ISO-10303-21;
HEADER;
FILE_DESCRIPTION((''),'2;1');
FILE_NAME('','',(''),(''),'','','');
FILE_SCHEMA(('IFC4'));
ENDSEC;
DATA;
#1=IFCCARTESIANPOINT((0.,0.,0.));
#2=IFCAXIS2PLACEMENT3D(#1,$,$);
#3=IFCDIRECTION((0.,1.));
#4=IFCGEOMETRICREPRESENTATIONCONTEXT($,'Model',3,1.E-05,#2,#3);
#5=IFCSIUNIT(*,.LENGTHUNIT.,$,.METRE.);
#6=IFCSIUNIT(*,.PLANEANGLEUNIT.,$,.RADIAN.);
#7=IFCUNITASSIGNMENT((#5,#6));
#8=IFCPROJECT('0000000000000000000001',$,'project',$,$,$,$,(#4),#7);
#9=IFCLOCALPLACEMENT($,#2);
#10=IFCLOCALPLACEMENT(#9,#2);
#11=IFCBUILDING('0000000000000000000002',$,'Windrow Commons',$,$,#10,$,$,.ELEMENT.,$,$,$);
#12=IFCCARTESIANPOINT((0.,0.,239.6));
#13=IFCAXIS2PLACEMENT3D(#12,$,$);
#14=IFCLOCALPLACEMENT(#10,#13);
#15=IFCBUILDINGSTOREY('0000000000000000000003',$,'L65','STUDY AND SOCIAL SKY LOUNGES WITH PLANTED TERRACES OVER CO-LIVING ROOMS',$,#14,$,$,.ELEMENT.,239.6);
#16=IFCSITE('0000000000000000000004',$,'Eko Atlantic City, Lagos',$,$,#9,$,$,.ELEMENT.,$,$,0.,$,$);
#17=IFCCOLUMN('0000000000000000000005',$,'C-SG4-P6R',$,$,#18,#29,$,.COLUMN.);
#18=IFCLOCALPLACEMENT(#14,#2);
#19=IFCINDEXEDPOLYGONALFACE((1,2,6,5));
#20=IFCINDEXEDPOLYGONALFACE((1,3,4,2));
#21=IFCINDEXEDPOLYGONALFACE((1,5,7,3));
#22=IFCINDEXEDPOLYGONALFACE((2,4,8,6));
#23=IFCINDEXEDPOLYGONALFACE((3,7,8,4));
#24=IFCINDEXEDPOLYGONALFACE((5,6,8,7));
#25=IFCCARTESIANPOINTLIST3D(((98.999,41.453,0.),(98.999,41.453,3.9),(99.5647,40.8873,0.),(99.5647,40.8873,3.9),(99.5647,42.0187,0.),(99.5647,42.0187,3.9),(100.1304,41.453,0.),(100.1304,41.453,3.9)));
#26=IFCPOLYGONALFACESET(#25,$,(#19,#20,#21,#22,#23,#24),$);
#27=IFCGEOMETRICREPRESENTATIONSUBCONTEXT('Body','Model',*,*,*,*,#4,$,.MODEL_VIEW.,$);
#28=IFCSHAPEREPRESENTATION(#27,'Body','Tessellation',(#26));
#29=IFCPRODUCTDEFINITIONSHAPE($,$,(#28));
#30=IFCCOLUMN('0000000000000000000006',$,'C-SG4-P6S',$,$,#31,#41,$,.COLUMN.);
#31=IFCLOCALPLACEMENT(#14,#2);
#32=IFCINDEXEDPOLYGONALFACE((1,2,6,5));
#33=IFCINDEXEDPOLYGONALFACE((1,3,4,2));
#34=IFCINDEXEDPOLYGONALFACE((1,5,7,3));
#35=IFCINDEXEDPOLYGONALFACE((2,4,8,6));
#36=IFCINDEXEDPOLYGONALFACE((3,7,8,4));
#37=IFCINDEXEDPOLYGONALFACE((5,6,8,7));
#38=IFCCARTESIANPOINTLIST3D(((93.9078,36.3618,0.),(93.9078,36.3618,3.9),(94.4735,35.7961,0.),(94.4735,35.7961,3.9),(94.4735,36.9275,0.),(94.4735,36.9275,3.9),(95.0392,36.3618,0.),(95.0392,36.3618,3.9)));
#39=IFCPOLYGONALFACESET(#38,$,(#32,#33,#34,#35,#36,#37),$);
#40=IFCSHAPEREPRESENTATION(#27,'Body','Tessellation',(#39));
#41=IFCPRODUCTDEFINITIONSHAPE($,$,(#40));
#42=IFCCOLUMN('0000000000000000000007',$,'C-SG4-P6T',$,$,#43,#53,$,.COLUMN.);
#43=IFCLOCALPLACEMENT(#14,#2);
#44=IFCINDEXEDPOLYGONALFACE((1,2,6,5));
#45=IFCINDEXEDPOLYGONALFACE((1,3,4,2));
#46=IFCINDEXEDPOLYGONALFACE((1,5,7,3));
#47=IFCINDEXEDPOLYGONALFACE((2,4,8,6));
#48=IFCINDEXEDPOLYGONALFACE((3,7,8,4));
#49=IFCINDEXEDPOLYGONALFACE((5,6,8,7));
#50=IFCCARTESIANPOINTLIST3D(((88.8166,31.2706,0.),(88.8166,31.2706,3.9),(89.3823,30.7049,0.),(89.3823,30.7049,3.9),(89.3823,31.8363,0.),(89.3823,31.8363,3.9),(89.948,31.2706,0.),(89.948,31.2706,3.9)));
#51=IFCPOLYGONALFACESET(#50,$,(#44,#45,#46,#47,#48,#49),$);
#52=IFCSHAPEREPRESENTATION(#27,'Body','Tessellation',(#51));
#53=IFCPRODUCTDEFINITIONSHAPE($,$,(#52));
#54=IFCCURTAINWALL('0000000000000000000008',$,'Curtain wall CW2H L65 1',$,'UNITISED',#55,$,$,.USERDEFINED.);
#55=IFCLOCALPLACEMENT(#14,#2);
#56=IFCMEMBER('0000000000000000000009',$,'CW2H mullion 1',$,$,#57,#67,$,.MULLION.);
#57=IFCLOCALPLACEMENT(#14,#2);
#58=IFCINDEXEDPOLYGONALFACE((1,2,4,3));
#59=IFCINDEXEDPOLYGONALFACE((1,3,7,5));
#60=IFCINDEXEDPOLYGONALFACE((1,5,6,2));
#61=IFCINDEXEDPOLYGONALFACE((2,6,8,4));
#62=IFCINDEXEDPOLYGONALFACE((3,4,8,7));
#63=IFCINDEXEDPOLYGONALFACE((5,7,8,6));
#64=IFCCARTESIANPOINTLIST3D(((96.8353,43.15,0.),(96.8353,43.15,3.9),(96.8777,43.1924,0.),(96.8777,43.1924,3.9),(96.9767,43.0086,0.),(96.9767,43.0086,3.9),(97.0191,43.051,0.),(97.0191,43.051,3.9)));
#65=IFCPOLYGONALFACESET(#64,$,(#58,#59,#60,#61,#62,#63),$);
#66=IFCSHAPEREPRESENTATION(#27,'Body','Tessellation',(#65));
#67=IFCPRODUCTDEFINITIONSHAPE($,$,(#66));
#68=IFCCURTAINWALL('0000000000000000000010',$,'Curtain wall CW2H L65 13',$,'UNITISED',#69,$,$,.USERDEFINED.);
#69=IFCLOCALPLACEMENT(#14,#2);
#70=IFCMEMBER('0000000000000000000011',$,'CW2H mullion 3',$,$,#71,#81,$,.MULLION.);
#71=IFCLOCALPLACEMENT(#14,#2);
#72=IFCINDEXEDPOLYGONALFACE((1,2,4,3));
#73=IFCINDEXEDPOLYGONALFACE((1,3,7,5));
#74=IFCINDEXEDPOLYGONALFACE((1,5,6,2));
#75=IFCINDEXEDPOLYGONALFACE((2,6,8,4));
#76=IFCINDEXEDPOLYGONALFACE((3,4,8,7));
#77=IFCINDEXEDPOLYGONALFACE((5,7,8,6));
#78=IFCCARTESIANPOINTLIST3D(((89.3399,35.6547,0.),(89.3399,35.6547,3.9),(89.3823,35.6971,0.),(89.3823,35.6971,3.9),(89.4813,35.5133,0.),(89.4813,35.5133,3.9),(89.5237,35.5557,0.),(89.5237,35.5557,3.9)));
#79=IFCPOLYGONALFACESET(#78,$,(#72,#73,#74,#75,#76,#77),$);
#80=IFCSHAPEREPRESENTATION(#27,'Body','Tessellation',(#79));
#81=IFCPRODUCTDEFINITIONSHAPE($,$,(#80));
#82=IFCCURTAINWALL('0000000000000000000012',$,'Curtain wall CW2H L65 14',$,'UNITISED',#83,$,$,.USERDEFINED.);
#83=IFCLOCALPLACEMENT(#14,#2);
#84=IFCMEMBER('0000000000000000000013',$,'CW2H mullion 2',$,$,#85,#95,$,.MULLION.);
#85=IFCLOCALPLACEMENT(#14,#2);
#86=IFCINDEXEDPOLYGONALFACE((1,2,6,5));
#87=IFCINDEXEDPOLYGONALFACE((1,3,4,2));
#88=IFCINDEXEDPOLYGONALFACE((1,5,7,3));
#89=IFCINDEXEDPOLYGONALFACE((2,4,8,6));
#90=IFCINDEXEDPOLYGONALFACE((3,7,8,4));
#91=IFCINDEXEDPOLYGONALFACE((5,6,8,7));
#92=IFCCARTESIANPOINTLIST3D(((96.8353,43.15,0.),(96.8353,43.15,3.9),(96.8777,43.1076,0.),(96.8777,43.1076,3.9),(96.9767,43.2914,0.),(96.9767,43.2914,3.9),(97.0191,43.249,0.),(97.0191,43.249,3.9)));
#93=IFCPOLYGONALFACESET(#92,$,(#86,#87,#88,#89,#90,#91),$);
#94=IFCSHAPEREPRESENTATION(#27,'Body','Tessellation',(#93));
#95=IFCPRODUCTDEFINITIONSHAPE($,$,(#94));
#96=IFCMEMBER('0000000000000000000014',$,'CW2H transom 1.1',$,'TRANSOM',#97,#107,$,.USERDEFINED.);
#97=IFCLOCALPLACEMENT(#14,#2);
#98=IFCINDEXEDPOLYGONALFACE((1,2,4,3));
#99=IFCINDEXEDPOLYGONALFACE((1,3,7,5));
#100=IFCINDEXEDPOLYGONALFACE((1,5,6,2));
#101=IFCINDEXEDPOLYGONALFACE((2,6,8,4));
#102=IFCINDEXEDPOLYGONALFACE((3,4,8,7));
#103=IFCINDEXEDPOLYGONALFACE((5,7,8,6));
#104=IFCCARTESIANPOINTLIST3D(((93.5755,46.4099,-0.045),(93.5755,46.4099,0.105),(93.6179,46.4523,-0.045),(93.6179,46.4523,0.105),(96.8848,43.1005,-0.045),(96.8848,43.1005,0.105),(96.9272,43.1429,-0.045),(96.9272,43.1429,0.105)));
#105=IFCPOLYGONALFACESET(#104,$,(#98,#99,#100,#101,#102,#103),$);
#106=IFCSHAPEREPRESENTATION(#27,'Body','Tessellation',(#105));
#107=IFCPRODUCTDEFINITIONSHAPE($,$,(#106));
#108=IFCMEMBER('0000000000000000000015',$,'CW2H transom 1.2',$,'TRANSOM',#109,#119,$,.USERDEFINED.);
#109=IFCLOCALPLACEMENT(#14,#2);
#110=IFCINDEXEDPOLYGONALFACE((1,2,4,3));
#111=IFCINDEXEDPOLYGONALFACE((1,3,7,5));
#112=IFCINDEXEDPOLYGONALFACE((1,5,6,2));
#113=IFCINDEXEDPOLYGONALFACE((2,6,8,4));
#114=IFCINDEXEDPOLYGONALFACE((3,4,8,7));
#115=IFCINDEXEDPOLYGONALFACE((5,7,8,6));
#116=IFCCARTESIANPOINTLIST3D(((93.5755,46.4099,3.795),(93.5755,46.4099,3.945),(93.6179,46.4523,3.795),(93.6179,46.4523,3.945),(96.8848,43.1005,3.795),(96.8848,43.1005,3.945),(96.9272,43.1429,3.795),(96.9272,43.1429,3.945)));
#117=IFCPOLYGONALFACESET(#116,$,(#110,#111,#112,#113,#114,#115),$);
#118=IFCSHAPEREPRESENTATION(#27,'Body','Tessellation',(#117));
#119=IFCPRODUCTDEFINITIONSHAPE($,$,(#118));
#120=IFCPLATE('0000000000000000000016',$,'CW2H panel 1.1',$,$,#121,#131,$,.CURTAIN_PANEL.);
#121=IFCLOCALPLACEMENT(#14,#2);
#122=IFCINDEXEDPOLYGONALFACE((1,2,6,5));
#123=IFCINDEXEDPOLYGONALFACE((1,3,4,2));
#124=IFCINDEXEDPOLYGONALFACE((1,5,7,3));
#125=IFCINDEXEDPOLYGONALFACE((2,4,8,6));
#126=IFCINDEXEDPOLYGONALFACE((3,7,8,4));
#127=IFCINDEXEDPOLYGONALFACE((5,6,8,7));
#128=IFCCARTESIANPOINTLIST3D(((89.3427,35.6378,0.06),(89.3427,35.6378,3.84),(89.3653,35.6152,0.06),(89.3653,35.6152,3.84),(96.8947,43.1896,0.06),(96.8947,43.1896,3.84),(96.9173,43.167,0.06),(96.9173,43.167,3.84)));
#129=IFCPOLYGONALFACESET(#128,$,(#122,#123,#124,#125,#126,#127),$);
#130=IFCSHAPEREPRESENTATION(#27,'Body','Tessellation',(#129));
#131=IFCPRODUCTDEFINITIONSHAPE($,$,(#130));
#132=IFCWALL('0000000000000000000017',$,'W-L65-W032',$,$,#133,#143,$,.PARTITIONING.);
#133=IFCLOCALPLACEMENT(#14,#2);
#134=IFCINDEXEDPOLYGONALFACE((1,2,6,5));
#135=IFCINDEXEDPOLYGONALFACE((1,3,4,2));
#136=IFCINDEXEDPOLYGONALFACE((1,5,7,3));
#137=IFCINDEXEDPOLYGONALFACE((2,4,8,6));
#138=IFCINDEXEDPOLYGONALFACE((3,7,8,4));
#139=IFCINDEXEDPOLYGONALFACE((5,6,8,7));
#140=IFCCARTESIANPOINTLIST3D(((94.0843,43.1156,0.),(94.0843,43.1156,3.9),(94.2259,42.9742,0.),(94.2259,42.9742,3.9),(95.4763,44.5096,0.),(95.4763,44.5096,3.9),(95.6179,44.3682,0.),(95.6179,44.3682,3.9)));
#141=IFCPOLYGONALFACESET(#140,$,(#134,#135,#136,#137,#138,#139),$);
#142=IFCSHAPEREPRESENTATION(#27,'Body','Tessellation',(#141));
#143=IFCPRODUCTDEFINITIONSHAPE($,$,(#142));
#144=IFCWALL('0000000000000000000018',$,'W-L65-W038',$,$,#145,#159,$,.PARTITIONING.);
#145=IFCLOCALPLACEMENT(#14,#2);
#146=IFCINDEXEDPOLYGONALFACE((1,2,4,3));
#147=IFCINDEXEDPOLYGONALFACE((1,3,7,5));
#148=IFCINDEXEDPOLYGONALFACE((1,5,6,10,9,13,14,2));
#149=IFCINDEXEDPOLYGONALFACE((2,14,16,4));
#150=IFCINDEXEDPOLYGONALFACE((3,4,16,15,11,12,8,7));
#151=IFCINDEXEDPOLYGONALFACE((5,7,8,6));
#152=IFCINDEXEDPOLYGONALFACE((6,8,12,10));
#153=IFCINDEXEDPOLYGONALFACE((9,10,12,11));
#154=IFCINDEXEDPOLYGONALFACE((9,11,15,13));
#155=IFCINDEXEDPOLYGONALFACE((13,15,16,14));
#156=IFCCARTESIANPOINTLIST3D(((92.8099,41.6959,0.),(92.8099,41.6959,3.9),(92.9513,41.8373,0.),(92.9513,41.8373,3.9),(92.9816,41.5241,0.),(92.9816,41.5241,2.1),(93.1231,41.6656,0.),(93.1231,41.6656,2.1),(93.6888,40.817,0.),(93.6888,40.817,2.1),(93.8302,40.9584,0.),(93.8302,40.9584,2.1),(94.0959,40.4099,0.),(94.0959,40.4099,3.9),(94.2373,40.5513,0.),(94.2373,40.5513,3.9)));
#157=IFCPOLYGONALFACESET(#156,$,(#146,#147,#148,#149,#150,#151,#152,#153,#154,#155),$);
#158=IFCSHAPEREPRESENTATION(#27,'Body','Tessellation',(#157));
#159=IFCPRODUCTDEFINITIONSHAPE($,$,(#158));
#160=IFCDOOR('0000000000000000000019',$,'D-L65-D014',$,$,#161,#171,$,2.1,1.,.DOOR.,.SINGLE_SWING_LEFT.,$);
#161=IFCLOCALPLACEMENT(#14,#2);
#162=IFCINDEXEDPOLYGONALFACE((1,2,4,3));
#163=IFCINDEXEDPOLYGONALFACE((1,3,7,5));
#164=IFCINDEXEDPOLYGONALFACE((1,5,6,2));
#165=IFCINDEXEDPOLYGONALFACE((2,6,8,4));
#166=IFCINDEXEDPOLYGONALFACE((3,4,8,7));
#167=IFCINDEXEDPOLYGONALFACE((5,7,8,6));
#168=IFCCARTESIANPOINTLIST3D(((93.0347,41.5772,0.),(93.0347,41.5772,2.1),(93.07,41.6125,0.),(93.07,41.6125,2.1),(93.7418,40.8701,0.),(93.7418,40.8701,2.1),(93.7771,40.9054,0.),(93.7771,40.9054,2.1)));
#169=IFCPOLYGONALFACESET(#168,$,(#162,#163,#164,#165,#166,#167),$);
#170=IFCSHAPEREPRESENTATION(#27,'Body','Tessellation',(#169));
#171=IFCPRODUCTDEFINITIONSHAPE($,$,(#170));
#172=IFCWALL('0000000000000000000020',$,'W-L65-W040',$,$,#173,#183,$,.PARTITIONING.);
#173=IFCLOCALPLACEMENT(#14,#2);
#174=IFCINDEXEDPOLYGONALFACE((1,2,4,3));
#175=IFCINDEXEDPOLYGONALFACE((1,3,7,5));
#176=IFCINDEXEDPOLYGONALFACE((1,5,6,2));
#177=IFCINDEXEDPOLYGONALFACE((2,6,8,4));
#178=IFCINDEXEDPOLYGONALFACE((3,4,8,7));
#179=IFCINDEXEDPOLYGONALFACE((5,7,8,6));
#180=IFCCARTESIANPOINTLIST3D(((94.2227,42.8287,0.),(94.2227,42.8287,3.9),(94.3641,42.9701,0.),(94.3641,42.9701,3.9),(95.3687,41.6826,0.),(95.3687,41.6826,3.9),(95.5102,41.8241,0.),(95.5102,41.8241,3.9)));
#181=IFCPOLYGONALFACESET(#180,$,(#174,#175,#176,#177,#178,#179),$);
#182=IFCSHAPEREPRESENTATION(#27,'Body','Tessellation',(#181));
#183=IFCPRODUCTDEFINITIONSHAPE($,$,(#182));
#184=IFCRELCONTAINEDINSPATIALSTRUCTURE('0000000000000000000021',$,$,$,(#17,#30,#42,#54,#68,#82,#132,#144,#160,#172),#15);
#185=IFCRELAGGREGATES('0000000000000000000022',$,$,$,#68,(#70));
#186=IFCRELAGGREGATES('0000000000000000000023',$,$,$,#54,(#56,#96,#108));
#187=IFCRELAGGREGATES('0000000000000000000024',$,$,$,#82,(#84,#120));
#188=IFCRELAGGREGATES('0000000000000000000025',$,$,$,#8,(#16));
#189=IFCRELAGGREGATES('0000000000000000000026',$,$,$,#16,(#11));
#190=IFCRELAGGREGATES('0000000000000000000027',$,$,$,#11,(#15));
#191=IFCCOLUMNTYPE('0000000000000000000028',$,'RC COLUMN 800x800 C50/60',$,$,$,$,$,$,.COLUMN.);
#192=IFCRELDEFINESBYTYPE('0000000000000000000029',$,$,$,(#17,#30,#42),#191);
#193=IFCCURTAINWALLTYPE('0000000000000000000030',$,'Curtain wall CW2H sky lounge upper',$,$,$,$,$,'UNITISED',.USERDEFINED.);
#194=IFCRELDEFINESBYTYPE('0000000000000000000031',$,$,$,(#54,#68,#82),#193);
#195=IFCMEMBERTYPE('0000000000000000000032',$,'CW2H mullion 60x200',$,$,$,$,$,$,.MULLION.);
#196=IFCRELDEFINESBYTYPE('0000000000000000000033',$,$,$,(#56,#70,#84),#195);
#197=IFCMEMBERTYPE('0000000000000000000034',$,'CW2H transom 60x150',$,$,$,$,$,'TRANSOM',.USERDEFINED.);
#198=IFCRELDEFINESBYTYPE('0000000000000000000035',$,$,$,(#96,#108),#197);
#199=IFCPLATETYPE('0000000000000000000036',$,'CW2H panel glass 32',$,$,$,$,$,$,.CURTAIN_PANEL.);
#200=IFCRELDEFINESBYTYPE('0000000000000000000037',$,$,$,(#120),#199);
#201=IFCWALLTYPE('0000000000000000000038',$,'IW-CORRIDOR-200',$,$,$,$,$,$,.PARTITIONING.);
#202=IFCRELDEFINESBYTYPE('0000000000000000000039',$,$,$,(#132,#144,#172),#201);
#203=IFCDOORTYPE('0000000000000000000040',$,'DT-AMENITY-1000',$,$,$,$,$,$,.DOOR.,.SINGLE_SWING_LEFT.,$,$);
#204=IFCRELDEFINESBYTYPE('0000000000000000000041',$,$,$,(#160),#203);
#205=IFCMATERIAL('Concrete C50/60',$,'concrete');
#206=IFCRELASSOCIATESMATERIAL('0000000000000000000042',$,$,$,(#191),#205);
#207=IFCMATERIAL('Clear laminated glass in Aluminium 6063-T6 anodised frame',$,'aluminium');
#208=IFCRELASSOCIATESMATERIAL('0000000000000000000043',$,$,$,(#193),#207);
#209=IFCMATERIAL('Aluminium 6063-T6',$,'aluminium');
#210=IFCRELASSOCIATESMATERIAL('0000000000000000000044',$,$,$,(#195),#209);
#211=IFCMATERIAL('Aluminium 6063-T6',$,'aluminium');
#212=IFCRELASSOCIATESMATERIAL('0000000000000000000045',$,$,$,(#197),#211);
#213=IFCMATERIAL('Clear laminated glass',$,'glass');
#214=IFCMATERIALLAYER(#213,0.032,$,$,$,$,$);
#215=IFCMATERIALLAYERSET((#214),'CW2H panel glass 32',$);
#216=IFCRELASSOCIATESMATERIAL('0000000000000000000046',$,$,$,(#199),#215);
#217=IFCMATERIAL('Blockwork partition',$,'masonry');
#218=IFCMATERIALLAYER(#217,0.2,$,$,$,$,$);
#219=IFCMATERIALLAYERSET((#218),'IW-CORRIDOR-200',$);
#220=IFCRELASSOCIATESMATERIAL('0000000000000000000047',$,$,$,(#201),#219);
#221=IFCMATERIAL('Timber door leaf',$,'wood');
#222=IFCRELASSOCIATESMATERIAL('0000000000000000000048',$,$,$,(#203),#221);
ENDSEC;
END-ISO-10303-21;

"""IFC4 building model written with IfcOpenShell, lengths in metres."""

from ifc_helpers import new_model, si_unit, direction, frame, frame_2d, origin, origin_2d, place, context, subcontext, project, spatial, rectangle, extrude, material, layer, layer_set, material_profile, profile_set, type_object, element, fill, aggregate, save


model = new_model("IFC4")

# Units and contexts
model_context = context("Model", 3, precision=1e-05, world=origin(), true_north=direction((0.0, 1.0)))
body_context = subcontext(model_context, "Body", "Model", "MODEL_VIEW")
ifc_project = project(units=[si_unit("LENGTHUNIT", "METRE"), si_unit("PLANEANGLEUNIT", "RADIAN")], contexts=[model_context])

# Site, building, storey
site_placement = place(None, origin())
site = spatial("IfcSite", under=ifc_project, at=site_placement, Name="Eko Atlantic City, Lagos", CompositionType="ELEMENT", RefElevation=0.0)
building_placement = place(site_placement, origin())
building = spatial("IfcBuilding", under=site, at=building_placement, Name="Windrow Commons", CompositionType="ELEMENT")
storey_placement = place(building_placement, frame((0.0, 0.0, 239.6)))
storey = spatial("IfcBuildingStorey", under=building, at=storey_placement, Name="L65", Description="STUDY AND SOCIAL SKY LOUNGES WITH PLANTED TERRACES OVER CO-LIVING ROOMS", CompositionType="ELEMENT", Elevation=239.6)

# Columns
ifc_material_1 = material(Name="Concrete C50/60", Category="concrete")
ifc_material_profile_1 = material_profile(ifc_material_1, rectangle(XDim=0.8, YDim=0.8, at=origin_2d()))
ifc_profile_set_1 = profile_set([ifc_material_profile_1], Name="Concrete C50/60")
column_type = type_object("IfcColumnType", Name="RC COLUMN 800x800 C50/60", PredefinedType="COLUMN", material=ifc_profile_set_1)
for number, where, z_axis, x_axis, name in (
    (1, (99.5647, 41.453, 0.0), (0.0, 0.0, 1.0), (0.707107, -0.707107, 0.0), "C-SG4-P6R"),
    (2, (94.4735, 36.3618, 0.0), (0.0, 0.0, 1.0), (0.707107, -0.707107, 0.0), "C-SG4-P6S"),
    (3, (89.3823, 31.2706, 0.0), (0.0, 0.0, 1.0), (0.707107, -0.707107, 0.0), "C-SG4-P6T"),
):
    element("IfcColumn", number, at=place(storey_placement, frame(where, z_axis=z_axis, x_axis=x_axis)), inside=storey, type_object=column_type, Name=name, PredefinedType="COLUMN", context=body_context, shape_type="SweptSolid", body=[
        extrude(rectangle(XDim=0.8, YDim=0.8, at=origin_2d()), origin(), (0.0, 0.0, 1.0), 3.9),
    ])

# Curtain walls, members
ifc_material_2 = material(Name="Clear laminated glass in Aluminium 6063-T6 anodised frame", Category="aluminium")
curtain_wall_type = type_object("IfcCurtainWallType", Name="Curtain wall CW2H sky lounge upper", ElementType="UNITISED", PredefinedType="USERDEFINED", material=ifc_material_2)
placement = place(storey_placement, origin())
curtain_wall_1 = element("IfcCurtainWall", 4, at=placement, inside=storey, type_object=curtain_wall_type, Name="Curtain wall CW2H L65 1", ObjectType="UNITISED", PredefinedType="USERDEFINED")
ifc_material_3 = material(Name="Aluminium 6063-T6", Category="aluminium")
ifc_material_profile_2 = material_profile(ifc_material_3, rectangle(XDim=0.06, YDim=0.2, at=origin_2d()))
ifc_profile_set_2 = profile_set([ifc_material_profile_2], Name="Aluminium 6063-T6")
member_type_1 = type_object("IfcMemberType", Name="CW2H mullion 60x200", PredefinedType="MULLION", material=ifc_profile_set_2)
member_1_placement = place(storey_placement, frame((96.9272, 43.1005, 0.0), z_axis=(0.0, 0.0, 1.0), x_axis=(-0.707117, -0.707096, 0.0)))
member_1 = element("IfcMember", 5, at=member_1_placement, type_object=member_type_1, Name="CW2H mullion 1", PredefinedType="MULLION", context=body_context, shape_type="SweptSolid", body=[
    extrude(rectangle(XDim=0.06, YDim=0.2, at=origin_2d()), origin(), (0.0, 0.0, 1.0), 3.9),
])
curtain_wall_2 = element("IfcCurtainWall", 6, at=placement, inside=storey, type_object=curtain_wall_type, Name="Curtain wall CW2H L65 13", ObjectType="UNITISED", PredefinedType="USERDEFINED")
member_2_placement = place(storey_placement, frame((89.4318, 35.6052, 0.0), z_axis=(0.0, 0.0, 1.0), x_axis=(0.707107, 0.707107, 0.0)))
member_2 = element("IfcMember", 7, at=member_2_placement, type_object=member_type_1, Name="CW2H mullion 3", PredefinedType="MULLION", context=body_context, shape_type="SweptSolid", body=[
    extrude(rectangle(XDim=0.06, YDim=0.2, at=origin_2d()), origin(), (0.0, 0.0, 1.0), 3.9),
])
aggregate(curtain_wall_2, [member_2])
curtain_wall_3 = element("IfcCurtainWall", 8, at=placement, inside=storey, type_object=curtain_wall_type, Name="Curtain wall CW2H L65 14", ObjectType="UNITISED", PredefinedType="USERDEFINED")
member_3_placement = place(storey_placement, frame((96.9272, 43.1995, 0.0), z_axis=(0.0, 0.0, 1.0), x_axis=(-0.707102, 0.707111, 0.0)))
member_3 = element("IfcMember", 9, at=member_3_placement, type_object=member_type_1, Name="CW2H mullion 2", PredefinedType="MULLION", context=body_context, shape_type="SweptSolid", body=[
    extrude(rectangle(XDim=0.06, YDim=0.2, at=origin_2d()), origin(), (0.0, 0.0, 1.0), 3.9),
])

# Members
ifc_material_4 = material(Name="Aluminium 6063-T6", Category="aluminium")
ifc_material_profile_3 = material_profile(ifc_material_4, rectangle(XDim=0.06, YDim=0.15, at=origin_2d()))
ifc_profile_set_3 = profile_set([ifc_material_profile_3], Name="Aluminium 6063-T6")
member_type_2 = type_object("IfcMemberType", Name="CW2H transom 60x150", ElementType="TRANSOM", PredefinedType="USERDEFINED", material=ifc_profile_set_3)
member_4_placement = place(storey_placement, frame((96.906, 43.1217, 0.03), z_axis=(-0.707096, 0.707117, 0.0), x_axis=(-0.707117, -0.707096, 0.0)))
member_4 = element("IfcMember", 10, at=member_4_placement, type_object=member_type_2, Name="CW2H transom 1.1", ObjectType="TRANSOM", PredefinedType="USERDEFINED", context=body_context, shape_type="SweptSolid", body=[
    extrude(rectangle(XDim=0.06, YDim=0.15, at=origin_2d()), origin(), (0.0, 0.0, 1.0), 4.6801),
])
member_5_placement = place(storey_placement, frame((96.906, 43.1217, 3.87), z_axis=(-0.707096, 0.707117, 0.0), x_axis=(-0.707117, -0.707096, 0.0)))
member_5 = element("IfcMember", 11, at=member_5_placement, type_object=member_type_2, Name="CW2H transom 1.2", ObjectType="TRANSOM", PredefinedType="USERDEFINED", context=body_context, shape_type="SweptSolid", body=[
    extrude(rectangle(XDim=0.06, YDim=0.15, at=origin_2d()), origin(), (0.0, 0.0, 1.0), 4.6801),
])
aggregate(curtain_wall_1, [member_1, member_4, member_5])

# Plate
ifc_material_5 = material(Name="Clear laminated glass", Category="glass")
ifc_layer_1 = layer(ifc_material_5, 0.032)
ifc_layer_set_1 = layer_set([ifc_layer_1], Name="CW2H panel glass 32")
plate_type = type_object("IfcPlateType", Name="CW2H panel glass 32", PredefinedType="CURTAIN_PANEL", material=ifc_layer_set_1)
plate_placement = place(storey_placement, frame((93.13, 39.4024, 0.06), z_axis=(0.0, 0.0, 1.0), x_axis=(0.707111, 0.707102, 0.0)))
plate = element("IfcPlate", 12, at=plate_placement, type_object=plate_type, Name="CW2H panel 1.1", PredefinedType="CURTAIN_PANEL", context=body_context, shape_type="SweptSolid", body=[
    extrude(rectangle(XDim=10.68, YDim=0.032, at=origin_2d()), origin(), (0.0, 0.0, 1.0), 3.78),
])
aggregate(curtain_wall_3, [member_3, plate])

# Wall
ifc_material_6 = material(Name="Blockwork partition", Category="masonry")
ifc_layer_2 = layer(ifc_material_6, 0.2)
ifc_layer_set_2 = layer_set([ifc_layer_2], Name="IW-CORRIDOR-200")
wall_type_1 = type_object("IfcWallType", Name="IW-CORRIDOR-200", PredefinedType="PARTITIONING", material=ifc_layer_set_2)
wall_1_placement = place(storey_placement, frame((94.1551, 43.0449, 0.0), z_axis=(0.0, 0.0, 1.0), x_axis=(0.706599, 0.707614, 0.0)))
element("IfcWall", 13, at=wall_1_placement, inside=storey, type_object=wall_type_1, Name="W-L65-W032", PredefinedType="PARTITIONING", context=body_context, shape_type="SweptSolid", body=[
    extrude(rectangle(XDim=1.97, YDim=0.2, at=frame_2d((0.985, 0.0))), origin(), (0.0, 0.0, 1.0), 3.9),
])

# Wall, opening, door
wall_2_placement = place(storey_placement, frame((92.8806, 41.7666, 0.0), z_axis=(0.0, 0.0, 1.0), x_axis=(0.707107, -0.707107, 0.0)))
wall_2 = element("IfcWall", 14, at=wall_2_placement, inside=storey, type_object=wall_type_1, Name="W-L65-W038", PredefinedType="PARTITIONING", context=body_context, shape_type="SweptSolid", body=[
    extrude(rectangle(XDim=1.8187, YDim=0.2, at=frame_2d((0.9093, 0.0))), origin(), (0.0, 0.0, 1.0), 3.9),
])
opening_placement = place(wall_2_placement, frame((0.2429, 0.0, 0.0)))
opening = element("IfcOpeningElement", 15, at=opening_placement, cuts=wall_2, PredefinedType="OPENING", context=body_context, shape_type="SweptSolid", body=[
    extrude(rectangle(XDim=1.0, YDim=2.1, at=frame_2d((0.5, 1.05))), frame((0.0, 0.11, 0.0), z_axis=(0.0, -1.0, 0.0), x_axis=(1.0, 0.0, 0.0)), (0.0, 0.0, 1.0), 0.22),
])
ifc_material_7 = material(Name="Timber door leaf", Category="wood")
door_type = type_object("IfcDoorType", Name="DT-AMENITY-1000", OperationType="SINGLE_SWING_LEFT", PredefinedType="DOOR", material=ifc_material_7)
door_placement = place(opening_placement, origin())
door = element("IfcDoor", 16, at=door_placement, inside=storey, type_object=door_type, Name="D-L65-D014", OperationType="SINGLE_SWING_LEFT", OverallHeight=2.1, OverallWidth=1.0, PredefinedType="DOOR", context=body_context, shape_type="SweptSolid", body=[
    extrude(rectangle(XDim=1.0, YDim=2.1, at=frame_2d((0.5, 1.05))), frame((0.0, 0.025, 0.0), z_axis=(0.0, -1.0, 0.0), x_axis=(1.0, 0.0, 0.0)), (0.0, 0.0, 1.0), 0.05),
])
fill(opening, door)

# Wall
wall_3_placement = place(storey_placement, frame((94.2934, 42.8994, 0.0), z_axis=(0.0, 0.0, 1.0), x_axis=(0.707107, -0.707107, 0.0)))
element("IfcWall", 17, at=wall_3_placement, inside=storey, type_object=wall_type_1, Name="W-L65-W040", PredefinedType="PARTITIONING", context=body_context, shape_type="SweptSolid", body=[
    extrude(rectangle(XDim=1.6207, YDim=0.2, at=frame_2d((0.8104, 0.0))), origin(), (0.0, 0.0, 1.0), 3.9),
])

save(model, "model.ifc")
